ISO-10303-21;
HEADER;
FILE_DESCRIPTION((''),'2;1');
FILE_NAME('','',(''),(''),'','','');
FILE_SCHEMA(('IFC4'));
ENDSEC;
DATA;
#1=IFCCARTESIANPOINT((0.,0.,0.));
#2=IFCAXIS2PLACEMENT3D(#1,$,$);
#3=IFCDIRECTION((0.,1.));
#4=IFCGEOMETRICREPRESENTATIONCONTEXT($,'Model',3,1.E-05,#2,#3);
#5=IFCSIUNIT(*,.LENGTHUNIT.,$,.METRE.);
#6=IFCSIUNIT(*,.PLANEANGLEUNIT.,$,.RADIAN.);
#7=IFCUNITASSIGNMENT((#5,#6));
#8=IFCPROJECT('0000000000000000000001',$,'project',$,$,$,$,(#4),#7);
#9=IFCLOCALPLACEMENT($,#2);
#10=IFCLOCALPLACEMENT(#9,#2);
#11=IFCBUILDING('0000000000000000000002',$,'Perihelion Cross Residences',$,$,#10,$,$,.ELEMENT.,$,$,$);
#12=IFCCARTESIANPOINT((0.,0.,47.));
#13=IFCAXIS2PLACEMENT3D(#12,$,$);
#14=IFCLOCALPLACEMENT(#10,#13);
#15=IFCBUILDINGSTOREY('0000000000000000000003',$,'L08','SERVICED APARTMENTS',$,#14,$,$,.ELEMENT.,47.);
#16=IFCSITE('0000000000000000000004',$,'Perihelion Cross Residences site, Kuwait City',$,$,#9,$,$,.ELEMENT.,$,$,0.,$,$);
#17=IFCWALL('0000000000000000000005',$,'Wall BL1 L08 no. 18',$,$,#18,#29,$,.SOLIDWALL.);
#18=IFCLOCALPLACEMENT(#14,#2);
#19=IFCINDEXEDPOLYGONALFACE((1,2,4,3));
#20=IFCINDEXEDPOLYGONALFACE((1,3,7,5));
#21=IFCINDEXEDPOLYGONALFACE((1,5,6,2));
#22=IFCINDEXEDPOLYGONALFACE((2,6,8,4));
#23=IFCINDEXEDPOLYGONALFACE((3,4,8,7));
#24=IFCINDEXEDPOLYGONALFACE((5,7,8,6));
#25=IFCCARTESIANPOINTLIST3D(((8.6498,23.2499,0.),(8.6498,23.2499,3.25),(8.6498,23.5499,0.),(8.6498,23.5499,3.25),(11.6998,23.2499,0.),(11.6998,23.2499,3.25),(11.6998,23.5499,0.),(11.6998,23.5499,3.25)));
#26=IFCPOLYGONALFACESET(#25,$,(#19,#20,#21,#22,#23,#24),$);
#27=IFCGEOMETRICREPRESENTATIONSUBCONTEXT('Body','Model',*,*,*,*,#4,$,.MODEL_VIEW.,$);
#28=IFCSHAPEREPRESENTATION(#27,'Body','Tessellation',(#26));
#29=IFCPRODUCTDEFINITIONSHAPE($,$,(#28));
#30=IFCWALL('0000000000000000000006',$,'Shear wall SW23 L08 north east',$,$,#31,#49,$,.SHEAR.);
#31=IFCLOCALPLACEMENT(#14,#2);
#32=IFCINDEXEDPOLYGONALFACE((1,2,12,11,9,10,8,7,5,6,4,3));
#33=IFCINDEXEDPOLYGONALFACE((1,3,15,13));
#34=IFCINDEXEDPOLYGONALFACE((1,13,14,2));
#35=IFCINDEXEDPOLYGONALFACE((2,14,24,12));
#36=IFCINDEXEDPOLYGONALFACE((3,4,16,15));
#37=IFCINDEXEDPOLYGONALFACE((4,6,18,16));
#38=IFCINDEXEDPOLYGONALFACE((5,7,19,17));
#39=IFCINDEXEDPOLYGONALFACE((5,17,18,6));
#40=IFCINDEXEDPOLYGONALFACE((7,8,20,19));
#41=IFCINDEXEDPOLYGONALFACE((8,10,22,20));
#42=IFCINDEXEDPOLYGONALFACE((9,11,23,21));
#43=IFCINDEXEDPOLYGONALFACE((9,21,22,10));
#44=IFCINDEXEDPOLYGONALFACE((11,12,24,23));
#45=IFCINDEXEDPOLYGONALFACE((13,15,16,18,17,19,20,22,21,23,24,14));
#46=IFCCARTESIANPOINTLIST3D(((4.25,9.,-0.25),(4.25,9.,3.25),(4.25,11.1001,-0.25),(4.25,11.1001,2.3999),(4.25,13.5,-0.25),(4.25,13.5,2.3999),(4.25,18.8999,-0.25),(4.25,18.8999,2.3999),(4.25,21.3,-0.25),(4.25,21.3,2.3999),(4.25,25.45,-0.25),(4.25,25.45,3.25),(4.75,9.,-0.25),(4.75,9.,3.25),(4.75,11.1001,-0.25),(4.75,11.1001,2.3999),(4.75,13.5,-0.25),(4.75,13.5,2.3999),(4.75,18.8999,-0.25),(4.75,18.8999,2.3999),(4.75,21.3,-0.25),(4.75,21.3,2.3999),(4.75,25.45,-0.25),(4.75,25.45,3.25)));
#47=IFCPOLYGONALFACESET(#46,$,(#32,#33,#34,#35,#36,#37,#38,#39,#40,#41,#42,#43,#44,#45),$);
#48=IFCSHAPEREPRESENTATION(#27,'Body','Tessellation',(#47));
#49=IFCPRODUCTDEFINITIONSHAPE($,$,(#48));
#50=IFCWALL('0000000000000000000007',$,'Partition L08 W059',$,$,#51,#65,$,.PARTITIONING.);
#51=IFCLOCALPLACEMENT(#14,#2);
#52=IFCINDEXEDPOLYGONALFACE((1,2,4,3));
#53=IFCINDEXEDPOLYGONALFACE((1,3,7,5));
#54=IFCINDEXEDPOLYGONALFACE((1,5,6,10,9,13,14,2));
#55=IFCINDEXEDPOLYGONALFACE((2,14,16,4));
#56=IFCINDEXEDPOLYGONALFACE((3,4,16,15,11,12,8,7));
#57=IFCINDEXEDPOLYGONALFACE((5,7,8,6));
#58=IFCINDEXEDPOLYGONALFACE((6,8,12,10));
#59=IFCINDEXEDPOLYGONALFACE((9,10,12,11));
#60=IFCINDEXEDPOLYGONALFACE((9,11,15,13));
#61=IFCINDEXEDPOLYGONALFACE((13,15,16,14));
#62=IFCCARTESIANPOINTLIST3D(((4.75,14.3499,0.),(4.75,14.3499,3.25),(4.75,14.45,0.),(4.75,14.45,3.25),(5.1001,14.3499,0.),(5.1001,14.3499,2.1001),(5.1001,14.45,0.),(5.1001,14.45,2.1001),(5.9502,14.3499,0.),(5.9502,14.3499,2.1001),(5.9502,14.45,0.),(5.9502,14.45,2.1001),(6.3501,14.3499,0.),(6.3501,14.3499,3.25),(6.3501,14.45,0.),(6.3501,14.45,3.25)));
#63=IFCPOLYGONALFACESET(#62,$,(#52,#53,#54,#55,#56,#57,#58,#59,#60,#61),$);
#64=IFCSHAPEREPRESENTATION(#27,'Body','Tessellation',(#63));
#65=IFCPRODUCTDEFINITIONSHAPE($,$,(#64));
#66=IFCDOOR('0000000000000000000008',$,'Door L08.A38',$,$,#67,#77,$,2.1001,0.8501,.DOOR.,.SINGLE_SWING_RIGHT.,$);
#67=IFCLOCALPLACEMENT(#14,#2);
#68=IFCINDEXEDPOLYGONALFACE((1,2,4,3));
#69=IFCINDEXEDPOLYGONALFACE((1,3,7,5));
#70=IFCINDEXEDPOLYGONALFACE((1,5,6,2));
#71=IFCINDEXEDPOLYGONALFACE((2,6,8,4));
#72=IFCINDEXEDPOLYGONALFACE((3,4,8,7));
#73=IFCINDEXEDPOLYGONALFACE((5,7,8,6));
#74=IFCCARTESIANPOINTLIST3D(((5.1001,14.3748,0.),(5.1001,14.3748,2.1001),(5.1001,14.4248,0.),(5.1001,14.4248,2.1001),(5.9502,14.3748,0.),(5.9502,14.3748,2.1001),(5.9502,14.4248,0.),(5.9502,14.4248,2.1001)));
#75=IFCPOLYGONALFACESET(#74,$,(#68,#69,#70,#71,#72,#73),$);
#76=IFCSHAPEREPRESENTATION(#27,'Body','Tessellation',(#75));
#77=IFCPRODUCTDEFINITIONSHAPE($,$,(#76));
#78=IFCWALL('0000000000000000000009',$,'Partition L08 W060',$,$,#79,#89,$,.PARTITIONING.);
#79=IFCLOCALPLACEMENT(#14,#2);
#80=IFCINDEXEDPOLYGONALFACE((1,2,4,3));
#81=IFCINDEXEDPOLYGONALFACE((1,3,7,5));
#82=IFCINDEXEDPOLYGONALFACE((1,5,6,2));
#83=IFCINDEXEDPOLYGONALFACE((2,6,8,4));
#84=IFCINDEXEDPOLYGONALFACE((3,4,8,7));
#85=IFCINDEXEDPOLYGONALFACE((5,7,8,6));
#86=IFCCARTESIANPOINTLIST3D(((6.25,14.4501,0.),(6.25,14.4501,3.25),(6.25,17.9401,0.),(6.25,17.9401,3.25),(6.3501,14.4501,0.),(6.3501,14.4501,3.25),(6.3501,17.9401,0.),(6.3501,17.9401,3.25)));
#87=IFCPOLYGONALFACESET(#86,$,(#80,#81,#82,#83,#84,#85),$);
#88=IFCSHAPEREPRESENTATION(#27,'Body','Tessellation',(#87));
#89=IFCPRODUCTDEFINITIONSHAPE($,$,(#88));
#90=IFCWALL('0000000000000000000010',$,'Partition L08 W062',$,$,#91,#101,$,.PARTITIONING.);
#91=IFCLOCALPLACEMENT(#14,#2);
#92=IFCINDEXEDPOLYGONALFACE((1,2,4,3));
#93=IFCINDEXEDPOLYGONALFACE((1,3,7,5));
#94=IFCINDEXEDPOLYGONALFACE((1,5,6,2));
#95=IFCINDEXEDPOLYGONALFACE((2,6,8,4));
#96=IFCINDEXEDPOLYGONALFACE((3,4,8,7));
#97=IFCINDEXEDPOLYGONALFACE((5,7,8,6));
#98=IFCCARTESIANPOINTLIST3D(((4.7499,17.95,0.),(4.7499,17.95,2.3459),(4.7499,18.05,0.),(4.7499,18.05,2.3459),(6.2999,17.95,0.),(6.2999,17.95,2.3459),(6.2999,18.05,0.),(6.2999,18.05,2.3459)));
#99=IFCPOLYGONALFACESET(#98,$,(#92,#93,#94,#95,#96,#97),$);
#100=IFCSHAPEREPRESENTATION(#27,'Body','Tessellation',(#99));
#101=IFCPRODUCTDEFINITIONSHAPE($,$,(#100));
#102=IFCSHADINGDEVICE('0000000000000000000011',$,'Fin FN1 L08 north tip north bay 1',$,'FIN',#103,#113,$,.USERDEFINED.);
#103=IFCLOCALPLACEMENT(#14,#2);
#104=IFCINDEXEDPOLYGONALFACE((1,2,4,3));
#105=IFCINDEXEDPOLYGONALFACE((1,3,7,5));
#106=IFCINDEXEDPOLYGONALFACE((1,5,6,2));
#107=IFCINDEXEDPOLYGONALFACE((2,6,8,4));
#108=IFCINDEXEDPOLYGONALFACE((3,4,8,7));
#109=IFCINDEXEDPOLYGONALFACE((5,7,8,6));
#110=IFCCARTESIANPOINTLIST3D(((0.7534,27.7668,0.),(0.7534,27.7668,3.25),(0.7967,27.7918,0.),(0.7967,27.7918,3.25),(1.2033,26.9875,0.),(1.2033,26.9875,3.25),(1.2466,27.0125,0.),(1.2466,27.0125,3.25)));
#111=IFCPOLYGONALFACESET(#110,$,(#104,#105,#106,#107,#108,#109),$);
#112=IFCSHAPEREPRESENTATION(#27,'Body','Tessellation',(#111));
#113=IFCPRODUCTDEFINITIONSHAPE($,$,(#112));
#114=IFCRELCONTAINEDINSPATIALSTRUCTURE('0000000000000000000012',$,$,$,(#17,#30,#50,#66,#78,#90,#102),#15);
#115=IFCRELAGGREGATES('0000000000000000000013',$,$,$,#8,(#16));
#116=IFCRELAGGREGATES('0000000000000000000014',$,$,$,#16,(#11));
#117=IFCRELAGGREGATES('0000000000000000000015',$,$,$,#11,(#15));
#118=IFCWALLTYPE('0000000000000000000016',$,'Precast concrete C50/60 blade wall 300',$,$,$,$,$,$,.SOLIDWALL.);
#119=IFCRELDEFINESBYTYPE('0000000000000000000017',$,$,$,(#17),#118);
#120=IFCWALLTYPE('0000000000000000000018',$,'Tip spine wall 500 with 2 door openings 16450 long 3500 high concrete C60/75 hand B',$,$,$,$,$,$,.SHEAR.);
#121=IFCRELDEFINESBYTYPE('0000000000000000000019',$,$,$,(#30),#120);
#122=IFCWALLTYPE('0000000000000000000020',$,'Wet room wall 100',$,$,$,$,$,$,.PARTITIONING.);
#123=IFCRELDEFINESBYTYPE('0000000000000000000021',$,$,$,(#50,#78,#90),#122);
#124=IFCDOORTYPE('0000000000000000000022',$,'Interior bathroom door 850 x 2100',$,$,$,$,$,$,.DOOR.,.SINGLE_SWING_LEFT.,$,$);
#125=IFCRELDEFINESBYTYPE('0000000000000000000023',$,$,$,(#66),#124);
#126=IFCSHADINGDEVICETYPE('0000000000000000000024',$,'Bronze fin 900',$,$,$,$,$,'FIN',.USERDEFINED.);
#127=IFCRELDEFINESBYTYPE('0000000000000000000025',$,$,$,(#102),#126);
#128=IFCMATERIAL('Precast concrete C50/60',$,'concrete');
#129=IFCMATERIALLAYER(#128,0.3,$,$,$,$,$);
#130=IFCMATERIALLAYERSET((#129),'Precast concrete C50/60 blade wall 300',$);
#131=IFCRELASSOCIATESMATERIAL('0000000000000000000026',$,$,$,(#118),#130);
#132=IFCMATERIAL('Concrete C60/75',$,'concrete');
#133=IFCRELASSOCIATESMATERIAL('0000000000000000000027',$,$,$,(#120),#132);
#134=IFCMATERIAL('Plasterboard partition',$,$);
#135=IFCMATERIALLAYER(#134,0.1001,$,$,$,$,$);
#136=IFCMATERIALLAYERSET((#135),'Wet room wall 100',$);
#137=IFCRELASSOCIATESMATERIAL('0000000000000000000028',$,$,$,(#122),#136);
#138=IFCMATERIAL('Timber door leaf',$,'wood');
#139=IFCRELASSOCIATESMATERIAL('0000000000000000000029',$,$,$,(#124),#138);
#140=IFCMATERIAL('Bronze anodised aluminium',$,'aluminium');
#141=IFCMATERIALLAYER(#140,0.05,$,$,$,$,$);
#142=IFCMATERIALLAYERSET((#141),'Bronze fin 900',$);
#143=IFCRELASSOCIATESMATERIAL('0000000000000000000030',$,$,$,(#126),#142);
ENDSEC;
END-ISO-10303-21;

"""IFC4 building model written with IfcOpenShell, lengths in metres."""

from ifc_helpers import new_model, si_unit, direction, frame, frame_2d, origin, origin_2d, place, context, subcontext, project, spatial, polyline, rectangle, outline, extrude, material, layer, layer_set, material_profile, profile_set, type_object, element, fill, save


model = new_model("IFC4")

# Units and contexts
model_context = context("Model", 3, precision=1e-05, world=origin(), true_north=direction((0.0, 1.0)))
body_context = subcontext(model_context, "Body", "Model", "MODEL_VIEW")
ifc_project = project(units=[si_unit("LENGTHUNIT", "METRE"), si_unit("PLANEANGLEUNIT", "RADIAN")], contexts=[model_context])

# Site, building, storey
site_placement = place(None, origin())
site = spatial("IfcSite", under=ifc_project, at=site_placement, Name="Perihelion Cross Residences site, Kuwait City", CompositionType="ELEMENT", RefElevation=0.0)
building_placement = place(site_placement, origin())
building = spatial("IfcBuilding", under=site, at=building_placement, Name="Perihelion Cross Residences", CompositionType="ELEMENT")
storey_placement = place(building_placement, frame((0.0, 0.0, 47.0)))
storey = spatial("IfcBuildingStorey", under=building, at=storey_placement, Name="L08", Description="SERVICED APARTMENTS", CompositionType="ELEMENT", Elevation=47.0)

# Walls
ifc_material_1 = material(Name="Precast concrete C50/60", Category="concrete")
ifc_layer_1 = layer(ifc_material_1, 0.3)
ifc_layer_set_1 = layer_set([ifc_layer_1], Name="Precast concrete C50/60 blade wall 300")
wall_type_1 = type_object("IfcWallType", Name="Precast concrete C50/60 blade wall 300", PredefinedType="SOLIDWALL", material=ifc_layer_set_1)
wall_1_placement = place(storey_placement, frame((8.6499, 23.3999, 0.0), z_axis=(0.0, 0.0, 1.0), x_axis=(1.0, 0.0, 0.0)))
element("IfcWall", 1, at=wall_1_placement, inside=storey, type_object=wall_type_1, Name="Wall BL1 L08 no. 18", PredefinedType="SOLIDWALL", context=body_context, shape_type="SweptSolid", body=[
    extrude(rectangle(XDim=3.05, YDim=0.3, at=frame_2d((1.5249, 0.0))), origin(), (0.0, 0.0, 1.0), 3.25),
])
ifc_material_2 = material(Name="Concrete C60/75", Category="concrete")
ifc_material_profile_1 = material_profile(ifc_material_2, outline(polyline([(0.0, 0.0), (2.1001, 0.0), (2.1001, 2.6499), (4.5, 2.6499), (4.5, 0.0), (9.8999, 0.0), (9.8999, 2.6499), (12.3, 2.6499), (12.3, 0.0), (16.45, 0.0), (16.45, 3.5), (0.0, 3.5), (0.0, 0.0)])), Name="Tip spine wall")
ifc_profile_set_1 = profile_set([ifc_material_profile_1], Name="Concrete C60/75")
wall_type_2 = type_object("IfcWallType", Name="Tip spine wall 500 with 2 door openings 16450 long 3500 high concrete C60/75 hand B", PredefinedType="SHEAR", material=ifc_profile_set_1)
wall_2_placement = place(storey_placement, frame((4.25, 9.0, -0.25), z_axis=(1.0, 0.0, 0.0), x_axis=(0.0, 1.0, 0.0)))
element("IfcWall", 2, at=wall_2_placement, inside=storey, type_object=wall_type_2, Name="Shear wall SW23 L08 north east", PredefinedType="SHEAR", context=body_context, shape_type="SweptSolid", body=[
    extrude(outline(polyline([(0.0, 0.0), (2.1001, 0.0), (2.1001, 2.6499), (4.5, 2.6499), (4.5, 0.0), (9.8999, 0.0), (9.8999, 2.6499), (12.3, 2.6499), (12.3, 0.0), (16.45, 0.0), (16.45, 3.5), (0.0, 3.5), (0.0, 0.0)])), origin(), (0.0, 0.0, 1.0), 0.5),
])

# Wall, opening, door
ifc_material_3 = material(Name="Plasterboard partition")
ifc_layer_2 = layer(ifc_material_3, 0.1001)
ifc_layer_set_2 = layer_set([ifc_layer_2], Name="Wet room wall 100")
wall_type_3 = type_object("IfcWallType", Name="Wet room wall 100", PredefinedType="PARTITIONING", material=ifc_layer_set_2)
wall_3_placement = place(storey_placement, frame((4.75, 14.3999, 0.0), z_axis=(0.0, 0.0, 1.0), x_axis=(1.0, 0.0, 0.0)))
wall_3 = element("IfcWall", 3, at=wall_3_placement, inside=storey, type_object=wall_type_3, Name="Partition L08 W059", PredefinedType="PARTITIONING", context=body_context, shape_type="SweptSolid", body=[
    extrude(rectangle(XDim=1.6001, YDim=0.1001, at=frame_2d((0.8, 0.0))), origin(), (0.0, 0.0, 1.0), 3.25),
])
opening_1_placement = place(wall_3_placement, frame((0.3501, 0.0, 0.0)))
opening_1 = element("IfcOpeningElement", 4, at=opening_1_placement, cuts=wall_3, PredefinedType="OPENING", context=body_context, shape_type="SweptSolid", body=[
    extrude(rectangle(XDim=0.8501, YDim=2.1001, at=frame_2d((0.425, 1.05))), frame((0.0, 0.0601, 0.0), z_axis=(0.0, -1.0, 0.0), x_axis=(1.0, 0.0, 0.0)), (0.0, 0.0, 1.0), 0.1201),
])
ifc_material_4 = material(Name="Timber door leaf", Category="wood")
door_type_1 = type_object("IfcDoorType", Name="Interior bathroom door 850 x 2100", OperationType="SINGLE_SWING_LEFT", PredefinedType="DOOR", material=ifc_material_4)
door_1_placement = place(opening_1_placement, origin())
door_1 = element("IfcDoor", 5, at=door_1_placement, inside=storey, type_object=door_type_1, Name="Door L08.A38", OperationType="SINGLE_SWING_RIGHT", OverallHeight=2.1001, OverallWidth=0.8501, PredefinedType="DOOR", context=body_context, shape_type="SweptSolid", body=[
    extrude(rectangle(XDim=0.8501, YDim=2.1001, at=frame_2d((0.425, 1.05))), frame((0.0, 0.0249, 0.0), z_axis=(0.0, -1.0, 0.0), x_axis=(1.0, 0.0, 0.0)), (0.0, 0.0, 1.0), 0.05),
])
fill(opening_1, door_1)

# Walls
wall_4_placement = place(storey_placement, frame((6.3, 14.45, 0.0), z_axis=(0.0, 0.0, 1.0), x_axis=(0.0, 1.0, 0.0)))
element("IfcWall", 6, at=wall_4_placement, inside=storey, type_object=wall_type_3, Name="Partition L08 W060", PredefinedType="PARTITIONING", context=body_context, shape_type="SweptSolid", body=[
    extrude(rectangle(XDim=3.49, YDim=0.1001, at=frame_2d((1.7451, 0.0))), origin(), (0.0, 0.0, 1.0), 3.25),
])
wall_5_placement = place(storey_placement, frame((4.75, 18.0, 0.0), z_axis=(0.0, 0.0, 1.0), x_axis=(1.0, 0.0, 0.0)))
element("IfcWall", 7, at=wall_5_placement, inside=storey, type_object=wall_type_3, Name="Partition L08 W062", PredefinedType="PARTITIONING", context=body_context, shape_type="SweptSolid", body=[
    extrude(rectangle(XDim=1.55, YDim=0.1001, at=frame_2d((0.7749, 0.0))), origin(), (0.0, 0.0, 1.0), 2.3459),
])

# Shading device
ifc_material_5 = material(Name="Bronze anodised aluminium", Category="aluminium")
ifc_layer_3 = layer(ifc_material_5, 0.05)
ifc_layer_set_3 = layer_set([ifc_layer_3], Name="Bronze fin 900")
shading_device_type = type_object("IfcShadingDeviceType", Name="Bronze fin 900", ElementType="FIN", PredefinedType="USERDEFINED", material=ifc_layer_set_3)
shading_device_placement = place(storey_placement, frame((1.0, 27.3896, 0.0), z_axis=(0.0, 0.0, 1.0), x_axis=(-0.5, 0.866025, 0.0)))
element("IfcShadingDevice", 8, at=shading_device_placement, inside=storey, type_object=shading_device_type, Name="Fin FN1 L08 north tip north bay 1", ObjectType="FIN", PredefinedType="USERDEFINED", context=body_context, shape_type="SweptSolid", body=[
    extrude(rectangle(XDim=0.8999, YDim=0.05, at=origin_2d()), origin(), (0.0, 0.0, 1.0), 3.25),
])

save(model, "model.ifc")
